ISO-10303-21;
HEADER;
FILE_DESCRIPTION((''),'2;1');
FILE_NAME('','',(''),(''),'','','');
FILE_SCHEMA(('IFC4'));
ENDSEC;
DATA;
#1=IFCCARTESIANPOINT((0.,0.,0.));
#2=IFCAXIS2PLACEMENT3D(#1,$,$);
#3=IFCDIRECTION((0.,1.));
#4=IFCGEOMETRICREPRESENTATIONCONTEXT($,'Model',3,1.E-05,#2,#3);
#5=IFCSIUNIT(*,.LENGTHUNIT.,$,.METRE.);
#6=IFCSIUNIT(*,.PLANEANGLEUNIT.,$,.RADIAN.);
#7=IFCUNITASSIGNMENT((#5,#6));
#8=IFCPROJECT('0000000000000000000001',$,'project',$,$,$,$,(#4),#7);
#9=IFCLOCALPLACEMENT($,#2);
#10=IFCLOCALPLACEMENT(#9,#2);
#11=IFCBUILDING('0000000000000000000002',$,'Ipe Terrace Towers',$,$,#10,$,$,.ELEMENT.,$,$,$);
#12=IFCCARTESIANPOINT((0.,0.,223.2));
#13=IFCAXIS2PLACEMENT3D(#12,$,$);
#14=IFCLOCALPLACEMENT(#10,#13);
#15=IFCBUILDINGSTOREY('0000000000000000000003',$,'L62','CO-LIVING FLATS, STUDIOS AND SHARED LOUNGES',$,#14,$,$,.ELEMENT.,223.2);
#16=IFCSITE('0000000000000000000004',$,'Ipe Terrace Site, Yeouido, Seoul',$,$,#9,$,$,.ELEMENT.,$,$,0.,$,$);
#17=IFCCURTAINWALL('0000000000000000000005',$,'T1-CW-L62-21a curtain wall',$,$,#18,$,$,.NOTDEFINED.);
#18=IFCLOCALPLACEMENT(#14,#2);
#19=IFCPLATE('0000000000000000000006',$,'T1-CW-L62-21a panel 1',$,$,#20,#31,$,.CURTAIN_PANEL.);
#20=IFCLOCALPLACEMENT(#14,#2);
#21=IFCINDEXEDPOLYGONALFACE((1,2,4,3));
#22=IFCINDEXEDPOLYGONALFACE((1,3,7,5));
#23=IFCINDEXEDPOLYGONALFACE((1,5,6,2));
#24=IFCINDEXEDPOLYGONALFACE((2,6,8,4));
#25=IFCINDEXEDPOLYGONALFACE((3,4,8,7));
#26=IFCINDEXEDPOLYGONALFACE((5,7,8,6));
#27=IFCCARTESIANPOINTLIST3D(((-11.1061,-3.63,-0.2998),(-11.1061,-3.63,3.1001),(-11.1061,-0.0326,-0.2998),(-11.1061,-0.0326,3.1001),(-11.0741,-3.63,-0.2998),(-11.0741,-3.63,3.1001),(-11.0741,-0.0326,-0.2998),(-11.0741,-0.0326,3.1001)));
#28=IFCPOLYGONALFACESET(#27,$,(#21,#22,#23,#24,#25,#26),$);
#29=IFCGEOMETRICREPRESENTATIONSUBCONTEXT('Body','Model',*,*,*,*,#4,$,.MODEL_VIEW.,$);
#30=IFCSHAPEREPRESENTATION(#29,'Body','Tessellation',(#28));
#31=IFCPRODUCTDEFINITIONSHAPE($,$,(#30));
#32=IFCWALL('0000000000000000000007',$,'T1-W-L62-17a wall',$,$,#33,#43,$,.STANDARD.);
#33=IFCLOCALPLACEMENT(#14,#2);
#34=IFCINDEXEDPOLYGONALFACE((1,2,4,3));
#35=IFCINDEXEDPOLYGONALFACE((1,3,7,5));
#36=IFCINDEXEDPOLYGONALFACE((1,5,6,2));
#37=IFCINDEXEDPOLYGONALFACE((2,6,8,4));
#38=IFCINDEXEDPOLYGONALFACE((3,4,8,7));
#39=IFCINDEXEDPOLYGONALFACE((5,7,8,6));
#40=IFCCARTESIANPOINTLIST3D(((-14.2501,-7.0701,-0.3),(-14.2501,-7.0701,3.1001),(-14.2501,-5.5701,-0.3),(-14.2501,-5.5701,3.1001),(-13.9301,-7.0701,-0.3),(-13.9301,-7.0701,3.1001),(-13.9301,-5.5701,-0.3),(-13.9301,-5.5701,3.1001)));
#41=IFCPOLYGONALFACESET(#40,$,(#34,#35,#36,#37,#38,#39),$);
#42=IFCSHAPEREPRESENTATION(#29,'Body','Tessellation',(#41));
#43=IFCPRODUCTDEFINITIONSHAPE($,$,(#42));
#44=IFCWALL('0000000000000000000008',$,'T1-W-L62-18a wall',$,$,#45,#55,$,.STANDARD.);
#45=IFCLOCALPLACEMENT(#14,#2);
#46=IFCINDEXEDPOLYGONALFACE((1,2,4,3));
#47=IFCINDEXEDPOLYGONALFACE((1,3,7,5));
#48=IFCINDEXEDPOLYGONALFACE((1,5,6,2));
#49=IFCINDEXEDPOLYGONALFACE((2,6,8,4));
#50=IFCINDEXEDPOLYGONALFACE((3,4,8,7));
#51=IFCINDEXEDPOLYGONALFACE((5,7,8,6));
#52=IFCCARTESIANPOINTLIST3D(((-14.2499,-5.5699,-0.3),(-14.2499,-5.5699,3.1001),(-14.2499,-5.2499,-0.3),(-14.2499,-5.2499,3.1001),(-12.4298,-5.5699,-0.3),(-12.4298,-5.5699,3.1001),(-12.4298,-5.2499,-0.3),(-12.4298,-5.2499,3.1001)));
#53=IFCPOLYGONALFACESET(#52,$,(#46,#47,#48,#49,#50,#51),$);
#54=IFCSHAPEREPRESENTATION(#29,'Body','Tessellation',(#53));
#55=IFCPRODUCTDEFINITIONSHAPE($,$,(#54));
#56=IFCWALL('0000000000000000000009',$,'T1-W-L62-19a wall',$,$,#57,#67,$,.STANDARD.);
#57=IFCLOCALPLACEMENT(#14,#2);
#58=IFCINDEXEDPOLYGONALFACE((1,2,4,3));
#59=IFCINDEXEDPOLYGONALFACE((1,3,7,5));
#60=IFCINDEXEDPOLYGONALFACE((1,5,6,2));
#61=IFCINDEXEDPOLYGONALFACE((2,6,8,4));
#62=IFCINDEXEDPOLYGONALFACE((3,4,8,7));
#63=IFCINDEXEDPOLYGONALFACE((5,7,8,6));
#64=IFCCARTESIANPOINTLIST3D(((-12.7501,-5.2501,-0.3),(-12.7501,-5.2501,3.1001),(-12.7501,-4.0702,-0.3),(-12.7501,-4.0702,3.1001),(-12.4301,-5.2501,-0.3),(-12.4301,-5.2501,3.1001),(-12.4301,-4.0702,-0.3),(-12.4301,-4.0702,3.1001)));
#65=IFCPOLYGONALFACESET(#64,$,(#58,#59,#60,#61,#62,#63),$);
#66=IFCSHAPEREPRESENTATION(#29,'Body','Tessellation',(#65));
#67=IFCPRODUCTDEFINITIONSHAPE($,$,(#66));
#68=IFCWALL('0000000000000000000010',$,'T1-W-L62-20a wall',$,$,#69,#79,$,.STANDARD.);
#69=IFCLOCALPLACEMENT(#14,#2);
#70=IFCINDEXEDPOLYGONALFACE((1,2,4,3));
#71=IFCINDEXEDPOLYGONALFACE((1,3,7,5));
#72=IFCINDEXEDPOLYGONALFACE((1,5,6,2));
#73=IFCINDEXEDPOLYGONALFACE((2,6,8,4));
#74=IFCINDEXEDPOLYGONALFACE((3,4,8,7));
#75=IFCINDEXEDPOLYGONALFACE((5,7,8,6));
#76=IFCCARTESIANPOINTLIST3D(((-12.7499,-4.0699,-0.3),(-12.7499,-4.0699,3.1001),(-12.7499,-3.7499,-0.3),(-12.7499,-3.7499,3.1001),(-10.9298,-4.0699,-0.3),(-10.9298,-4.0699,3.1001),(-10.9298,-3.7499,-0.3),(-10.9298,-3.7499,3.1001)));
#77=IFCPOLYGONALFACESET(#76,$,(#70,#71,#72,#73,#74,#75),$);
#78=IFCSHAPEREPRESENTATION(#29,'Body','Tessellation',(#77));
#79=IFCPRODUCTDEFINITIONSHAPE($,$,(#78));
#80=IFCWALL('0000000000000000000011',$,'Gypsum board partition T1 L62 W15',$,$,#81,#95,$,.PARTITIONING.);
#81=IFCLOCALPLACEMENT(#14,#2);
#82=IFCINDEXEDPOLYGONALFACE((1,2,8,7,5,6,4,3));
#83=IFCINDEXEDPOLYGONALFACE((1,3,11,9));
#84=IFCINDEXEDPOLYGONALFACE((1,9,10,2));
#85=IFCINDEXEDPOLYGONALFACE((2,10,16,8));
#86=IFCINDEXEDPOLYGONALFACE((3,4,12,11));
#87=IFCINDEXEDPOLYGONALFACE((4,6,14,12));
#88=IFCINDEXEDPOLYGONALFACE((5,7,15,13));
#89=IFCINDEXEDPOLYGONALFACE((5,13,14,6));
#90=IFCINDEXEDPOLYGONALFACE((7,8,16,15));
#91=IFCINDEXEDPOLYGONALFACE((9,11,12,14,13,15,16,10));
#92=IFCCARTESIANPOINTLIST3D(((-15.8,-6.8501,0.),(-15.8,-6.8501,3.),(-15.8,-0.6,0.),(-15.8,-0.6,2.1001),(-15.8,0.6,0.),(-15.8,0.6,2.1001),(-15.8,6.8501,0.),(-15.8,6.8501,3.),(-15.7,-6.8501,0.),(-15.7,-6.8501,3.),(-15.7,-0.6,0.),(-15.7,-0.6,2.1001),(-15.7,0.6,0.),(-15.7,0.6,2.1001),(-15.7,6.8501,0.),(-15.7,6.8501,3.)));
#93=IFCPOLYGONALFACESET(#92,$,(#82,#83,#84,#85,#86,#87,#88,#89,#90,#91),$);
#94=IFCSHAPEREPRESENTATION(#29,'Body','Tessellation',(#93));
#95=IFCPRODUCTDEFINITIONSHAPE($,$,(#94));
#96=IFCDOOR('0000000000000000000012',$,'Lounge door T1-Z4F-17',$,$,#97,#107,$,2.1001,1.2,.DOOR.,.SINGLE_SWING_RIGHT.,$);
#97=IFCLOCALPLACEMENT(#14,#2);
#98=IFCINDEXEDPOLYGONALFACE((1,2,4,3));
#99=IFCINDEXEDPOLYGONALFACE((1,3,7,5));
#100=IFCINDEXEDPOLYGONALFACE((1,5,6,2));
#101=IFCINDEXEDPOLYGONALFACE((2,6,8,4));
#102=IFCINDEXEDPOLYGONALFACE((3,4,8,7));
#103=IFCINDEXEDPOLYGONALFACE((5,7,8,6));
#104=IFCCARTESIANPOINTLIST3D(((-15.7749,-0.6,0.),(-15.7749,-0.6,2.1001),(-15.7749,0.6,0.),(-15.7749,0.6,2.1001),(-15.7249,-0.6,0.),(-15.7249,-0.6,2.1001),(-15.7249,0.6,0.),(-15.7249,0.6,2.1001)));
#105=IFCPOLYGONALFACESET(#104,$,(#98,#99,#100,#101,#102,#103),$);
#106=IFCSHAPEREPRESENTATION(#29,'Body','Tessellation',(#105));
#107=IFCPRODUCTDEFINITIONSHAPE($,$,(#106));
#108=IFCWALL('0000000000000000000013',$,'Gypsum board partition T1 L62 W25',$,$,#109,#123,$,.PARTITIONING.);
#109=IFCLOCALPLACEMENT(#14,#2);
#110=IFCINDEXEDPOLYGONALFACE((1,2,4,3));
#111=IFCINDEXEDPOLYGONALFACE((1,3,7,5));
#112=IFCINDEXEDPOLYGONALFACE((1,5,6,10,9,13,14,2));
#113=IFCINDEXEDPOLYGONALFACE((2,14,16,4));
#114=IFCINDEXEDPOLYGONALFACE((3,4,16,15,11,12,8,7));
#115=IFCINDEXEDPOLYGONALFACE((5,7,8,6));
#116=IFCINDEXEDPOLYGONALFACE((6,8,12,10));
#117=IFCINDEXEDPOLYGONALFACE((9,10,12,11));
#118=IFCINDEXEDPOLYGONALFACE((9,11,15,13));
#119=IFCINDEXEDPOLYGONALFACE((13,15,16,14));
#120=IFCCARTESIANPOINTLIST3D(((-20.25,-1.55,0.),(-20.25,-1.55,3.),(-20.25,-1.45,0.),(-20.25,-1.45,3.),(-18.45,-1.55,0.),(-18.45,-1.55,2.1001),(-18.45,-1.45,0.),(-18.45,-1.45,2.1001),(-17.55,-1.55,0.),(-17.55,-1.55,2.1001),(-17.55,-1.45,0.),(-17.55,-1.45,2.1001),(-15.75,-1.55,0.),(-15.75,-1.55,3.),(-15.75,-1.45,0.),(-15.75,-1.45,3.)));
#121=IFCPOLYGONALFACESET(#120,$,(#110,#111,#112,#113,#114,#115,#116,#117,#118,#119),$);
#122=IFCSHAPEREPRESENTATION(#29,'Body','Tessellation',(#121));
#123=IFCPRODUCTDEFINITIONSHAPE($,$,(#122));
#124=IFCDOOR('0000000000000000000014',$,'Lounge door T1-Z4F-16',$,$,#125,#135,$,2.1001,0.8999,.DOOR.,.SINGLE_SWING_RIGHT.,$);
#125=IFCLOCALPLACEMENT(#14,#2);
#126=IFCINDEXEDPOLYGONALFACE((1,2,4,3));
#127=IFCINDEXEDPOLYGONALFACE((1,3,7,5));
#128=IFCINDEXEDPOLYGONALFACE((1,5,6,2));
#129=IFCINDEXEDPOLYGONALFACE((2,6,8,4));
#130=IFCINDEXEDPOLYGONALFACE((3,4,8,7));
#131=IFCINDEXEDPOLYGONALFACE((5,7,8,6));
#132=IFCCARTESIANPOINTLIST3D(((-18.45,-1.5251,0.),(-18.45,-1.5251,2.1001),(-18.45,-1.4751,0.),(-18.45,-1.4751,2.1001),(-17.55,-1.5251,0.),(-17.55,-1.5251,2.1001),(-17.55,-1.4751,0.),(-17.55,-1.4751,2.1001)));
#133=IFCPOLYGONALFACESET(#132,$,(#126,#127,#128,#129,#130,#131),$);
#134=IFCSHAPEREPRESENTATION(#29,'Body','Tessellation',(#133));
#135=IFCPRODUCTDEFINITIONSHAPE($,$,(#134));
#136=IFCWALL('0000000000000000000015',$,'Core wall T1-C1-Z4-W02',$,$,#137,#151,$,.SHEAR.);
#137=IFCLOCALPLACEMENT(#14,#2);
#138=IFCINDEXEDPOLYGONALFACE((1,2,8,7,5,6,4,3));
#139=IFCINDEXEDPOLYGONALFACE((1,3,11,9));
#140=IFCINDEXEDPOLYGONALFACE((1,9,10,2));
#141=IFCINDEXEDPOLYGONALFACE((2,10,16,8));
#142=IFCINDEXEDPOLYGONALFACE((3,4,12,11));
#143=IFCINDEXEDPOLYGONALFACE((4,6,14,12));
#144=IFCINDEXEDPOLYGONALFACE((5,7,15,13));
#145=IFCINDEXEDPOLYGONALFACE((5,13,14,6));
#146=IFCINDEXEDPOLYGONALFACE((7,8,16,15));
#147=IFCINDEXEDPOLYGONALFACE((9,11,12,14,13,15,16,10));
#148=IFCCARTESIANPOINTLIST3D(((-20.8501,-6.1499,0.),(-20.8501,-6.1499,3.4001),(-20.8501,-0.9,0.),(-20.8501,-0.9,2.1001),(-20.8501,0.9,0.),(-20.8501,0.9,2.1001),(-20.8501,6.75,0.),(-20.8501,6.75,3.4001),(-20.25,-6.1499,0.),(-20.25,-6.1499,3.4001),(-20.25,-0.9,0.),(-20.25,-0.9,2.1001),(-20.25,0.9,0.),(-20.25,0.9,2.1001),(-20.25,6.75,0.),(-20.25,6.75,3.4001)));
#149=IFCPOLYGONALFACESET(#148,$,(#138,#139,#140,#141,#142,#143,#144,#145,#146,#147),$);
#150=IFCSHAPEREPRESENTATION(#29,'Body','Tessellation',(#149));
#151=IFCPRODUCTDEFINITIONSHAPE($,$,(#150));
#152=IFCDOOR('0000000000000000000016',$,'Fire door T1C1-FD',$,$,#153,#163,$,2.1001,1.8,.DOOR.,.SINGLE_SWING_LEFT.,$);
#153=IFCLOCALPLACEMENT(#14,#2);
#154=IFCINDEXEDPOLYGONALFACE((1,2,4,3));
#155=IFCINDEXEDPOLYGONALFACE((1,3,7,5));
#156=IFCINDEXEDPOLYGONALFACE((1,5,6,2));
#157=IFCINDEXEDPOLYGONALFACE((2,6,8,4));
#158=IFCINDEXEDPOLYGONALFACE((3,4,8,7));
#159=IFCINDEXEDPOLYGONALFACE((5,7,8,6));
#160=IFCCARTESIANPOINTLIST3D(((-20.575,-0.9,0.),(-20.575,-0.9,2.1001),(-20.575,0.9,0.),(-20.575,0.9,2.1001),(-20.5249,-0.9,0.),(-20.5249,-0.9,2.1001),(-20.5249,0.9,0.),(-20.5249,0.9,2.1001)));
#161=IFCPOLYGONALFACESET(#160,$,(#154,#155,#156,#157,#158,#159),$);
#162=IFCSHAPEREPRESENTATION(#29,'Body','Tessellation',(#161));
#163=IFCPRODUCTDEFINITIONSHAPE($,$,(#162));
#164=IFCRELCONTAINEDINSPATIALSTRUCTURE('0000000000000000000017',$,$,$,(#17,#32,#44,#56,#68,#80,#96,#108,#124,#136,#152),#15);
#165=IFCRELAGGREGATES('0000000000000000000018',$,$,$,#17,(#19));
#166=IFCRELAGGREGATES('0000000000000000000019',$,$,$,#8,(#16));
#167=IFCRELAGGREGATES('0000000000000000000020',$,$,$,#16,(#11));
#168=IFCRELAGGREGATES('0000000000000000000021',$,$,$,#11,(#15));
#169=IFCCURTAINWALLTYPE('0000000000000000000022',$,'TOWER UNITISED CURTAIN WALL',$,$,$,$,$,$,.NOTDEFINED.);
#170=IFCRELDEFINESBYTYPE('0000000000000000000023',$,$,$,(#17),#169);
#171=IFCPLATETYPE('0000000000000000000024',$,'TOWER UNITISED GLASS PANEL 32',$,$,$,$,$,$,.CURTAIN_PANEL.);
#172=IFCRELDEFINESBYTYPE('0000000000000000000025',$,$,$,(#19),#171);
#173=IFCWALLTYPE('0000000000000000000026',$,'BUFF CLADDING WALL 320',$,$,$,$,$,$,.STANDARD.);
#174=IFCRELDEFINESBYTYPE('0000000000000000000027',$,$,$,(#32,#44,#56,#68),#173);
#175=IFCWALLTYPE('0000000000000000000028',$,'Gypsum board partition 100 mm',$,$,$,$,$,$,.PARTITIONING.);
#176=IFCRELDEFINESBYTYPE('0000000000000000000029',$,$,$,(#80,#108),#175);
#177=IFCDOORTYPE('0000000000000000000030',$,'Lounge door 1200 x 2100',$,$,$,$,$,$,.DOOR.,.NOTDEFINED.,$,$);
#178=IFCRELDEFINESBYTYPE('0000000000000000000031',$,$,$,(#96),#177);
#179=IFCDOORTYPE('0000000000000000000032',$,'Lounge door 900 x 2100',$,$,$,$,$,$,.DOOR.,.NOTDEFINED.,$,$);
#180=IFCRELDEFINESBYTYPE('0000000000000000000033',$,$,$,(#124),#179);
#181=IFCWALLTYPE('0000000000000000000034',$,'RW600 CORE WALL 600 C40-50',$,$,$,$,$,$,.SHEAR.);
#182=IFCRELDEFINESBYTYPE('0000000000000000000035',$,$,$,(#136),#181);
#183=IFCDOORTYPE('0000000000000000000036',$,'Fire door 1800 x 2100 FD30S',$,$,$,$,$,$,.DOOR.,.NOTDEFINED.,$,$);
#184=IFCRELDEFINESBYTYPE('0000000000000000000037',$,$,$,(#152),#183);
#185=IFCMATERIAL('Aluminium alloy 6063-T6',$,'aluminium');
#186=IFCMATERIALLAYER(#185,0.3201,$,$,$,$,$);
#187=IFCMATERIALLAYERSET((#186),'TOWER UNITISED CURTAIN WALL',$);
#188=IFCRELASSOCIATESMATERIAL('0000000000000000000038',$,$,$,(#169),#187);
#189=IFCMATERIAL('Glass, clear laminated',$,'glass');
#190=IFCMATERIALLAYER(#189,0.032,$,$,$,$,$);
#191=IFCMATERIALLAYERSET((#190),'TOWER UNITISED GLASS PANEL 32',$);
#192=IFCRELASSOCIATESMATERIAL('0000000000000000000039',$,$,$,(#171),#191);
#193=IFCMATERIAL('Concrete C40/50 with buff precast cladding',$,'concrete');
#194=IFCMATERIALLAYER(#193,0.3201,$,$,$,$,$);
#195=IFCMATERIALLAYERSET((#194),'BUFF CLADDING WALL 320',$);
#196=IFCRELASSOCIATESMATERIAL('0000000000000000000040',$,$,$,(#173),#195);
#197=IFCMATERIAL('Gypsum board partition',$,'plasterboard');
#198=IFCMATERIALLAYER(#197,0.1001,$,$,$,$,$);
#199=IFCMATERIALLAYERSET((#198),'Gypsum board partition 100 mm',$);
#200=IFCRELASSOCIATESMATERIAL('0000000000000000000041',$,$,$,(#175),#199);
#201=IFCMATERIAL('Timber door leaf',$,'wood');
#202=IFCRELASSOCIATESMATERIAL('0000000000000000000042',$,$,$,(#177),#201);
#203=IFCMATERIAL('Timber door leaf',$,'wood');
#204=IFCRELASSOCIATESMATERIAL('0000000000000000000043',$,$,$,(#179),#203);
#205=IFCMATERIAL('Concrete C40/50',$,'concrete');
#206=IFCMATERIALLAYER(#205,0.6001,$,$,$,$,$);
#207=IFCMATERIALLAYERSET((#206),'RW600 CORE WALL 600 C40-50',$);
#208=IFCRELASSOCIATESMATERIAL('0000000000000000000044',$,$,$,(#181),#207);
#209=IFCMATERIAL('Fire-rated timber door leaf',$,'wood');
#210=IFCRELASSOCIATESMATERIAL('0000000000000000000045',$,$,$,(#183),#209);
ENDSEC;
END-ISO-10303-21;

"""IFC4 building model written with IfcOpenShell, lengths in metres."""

from ifc_helpers import new_model, si_unit, direction, frame, frame_2d, origin, origin_2d, place, context, subcontext, project, spatial, rectangle, extrude, material, layer, layer_set, type_object, element, fill, aggregate, save


model = new_model("IFC4")

# Units and contexts
model_context = context("Model", 3, precision=1e-05, world=origin(), true_north=direction((0.0, 1.0)))
body_context = subcontext(model_context, "Body", "Model", "MODEL_VIEW")
ifc_project = project(units=[si_unit("LENGTHUNIT", "METRE"), si_unit("PLANEANGLEUNIT", "RADIAN")], contexts=[model_context])

# Site, building, storey
site_placement = place(None, origin())
site = spatial("IfcSite", under=ifc_project, at=site_placement, Name="Ipe Terrace Site, Yeouido, Seoul", CompositionType="ELEMENT", RefElevation=0.0)
building_placement = place(site_placement, origin())
building = spatial("IfcBuilding", under=site, at=building_placement, Name="Ipe Terrace Towers", CompositionType="ELEMENT")
storey_placement = place(building_placement, frame((0.0, 0.0, 223.2)))
storey = spatial("IfcBuildingStorey", under=building, at=storey_placement, Name="L62", Description="CO-LIVING FLATS, STUDIOS AND SHARED LOUNGES", CompositionType="ELEMENT", Elevation=223.2)

# Curtain wall
ifc_material_1 = material(Name="Aluminium alloy 6063-T6", Category="aluminium")
ifc_layer_1 = layer(ifc_material_1, 0.3201)
ifc_layer_set_1 = layer_set([ifc_layer_1], Name="TOWER UNITISED CURTAIN WALL")
curtain_wall_type = type_object("IfcCurtainWallType", Name="TOWER UNITISED CURTAIN WALL", PredefinedType="NOTDEFINED", material=ifc_layer_set_1)
curtain_wall_1_placement = place(storey_placement, origin())
curtain_wall_1 = element("IfcCurtainWall", 1, at=curtain_wall_1_placement, inside=storey, type_object=curtain_wall_type, Name="T1-CW-L62-21a curtain wall", PredefinedType="NOTDEFINED")

# Plate
ifc_material_2 = material(Name="Glass, clear laminated", Category="glass")
ifc_layer_2 = layer(ifc_material_2, 0.032)
ifc_layer_set_2 = layer_set([ifc_layer_2], Name="TOWER UNITISED GLASS PANEL 32")
plate_type = type_object("IfcPlateType", Name="TOWER UNITISED GLASS PANEL 32", PredefinedType="CURTAIN_PANEL", material=ifc_layer_set_2)
plate_1_placement = place(storey_placement, frame((-11.0901, -1.8313, -0.2998), z_axis=(0.0, 0.0, 1.0), x_axis=(0.0, 1.0, 0.0)))
plate_1 = element("IfcPlate", 2, at=plate_1_placement, type_object=plate_type, Name="T1-CW-L62-21a panel 1", PredefinedType="CURTAIN_PANEL", context=body_context, shape_type="SweptSolid", body=[
    extrude(rectangle(XDim=3.5974, YDim=0.032, at=origin_2d()), origin(), (0.0, 0.0, 1.0), 3.3999),
])
aggregate(curtain_wall_1, [plate_1])

# Walls
ifc_material_3 = material(Name="Concrete C40/50 with buff precast cladding", Category="concrete")
ifc_layer_3 = layer(ifc_material_3, 0.3201)
ifc_layer_set_3 = layer_set([ifc_layer_3], Name="BUFF CLADDING WALL 320")
wall_type_1 = type_object("IfcWallType", Name="BUFF CLADDING WALL 320", PredefinedType="STANDARD", material=ifc_layer_set_3)
wall_1_placement = place(storey_placement, frame((-14.0901, -7.0701, -0.3), z_axis=(0.0, 0.0, 1.0), x_axis=(0.0, 1.0, 0.0)))
element("IfcWall", 3, at=wall_1_placement, inside=storey, type_object=wall_type_1, Name="T1-W-L62-17a wall", PredefinedType="STANDARD", context=body_context, shape_type="SweptSolid", body=[
    extrude(rectangle(XDim=1.5, YDim=0.3201, at=frame_2d((0.75, 0.0))), origin(), (0.0, 0.0, 1.0), 3.4001),
])
wall_2_placement = place(storey_placement, frame((-14.25, -5.4099, -0.3), z_axis=(0.0, 0.0, 1.0), x_axis=(1.0, 0.0, 0.0)))
element("IfcWall", 4, at=wall_2_placement, inside=storey, type_object=wall_type_1, Name="T1-W-L62-18a wall", PredefinedType="STANDARD", context=body_context, shape_type="SweptSolid", body=[
    extrude(rectangle(XDim=1.8201, YDim=0.3201, at=frame_2d((0.9102, 0.0))), origin(), (0.0, 0.0, 1.0), 3.4001),
])
wall_3_placement = place(storey_placement, frame((-12.5901, -5.25, -0.3), z_axis=(0.0, 0.0, 1.0), x_axis=(0.0, 1.0, 0.0)))
element("IfcWall", 5, at=wall_3_placement, inside=storey, type_object=wall_type_1, Name="T1-W-L62-19a wall", PredefinedType="STANDARD", context=body_context, shape_type="SweptSolid", body=[
    extrude(rectangle(XDim=1.1799, YDim=0.3201, at=frame_2d((0.5898, 0.0))), origin(), (0.0, 0.0, 1.0), 3.4001),
])
wall_4_placement = place(storey_placement, frame((-12.75, -3.9099, -0.3), z_axis=(0.0, 0.0, 1.0), x_axis=(1.0, 0.0, 0.0)))
element("IfcWall", 6, at=wall_4_placement, inside=storey, type_object=wall_type_1, Name="T1-W-L62-20a wall", PredefinedType="STANDARD", context=body_context, shape_type="SweptSolid", body=[
    extrude(rectangle(XDim=1.8201, YDim=0.3201, at=frame_2d((0.9102, 0.0))), origin(), (0.0, 0.0, 1.0), 3.4001),
])

# Walls, openings, doors
ifc_material_4 = material(Name="Gypsum board partition", Category="plasterboard")
ifc_layer_4 = layer(ifc_material_4, 0.1001)
ifc_layer_set_4 = layer_set([ifc_layer_4], Name="Gypsum board partition 100 mm")
wall_type_2 = type_object("IfcWallType", Name="Gypsum board partition 100 mm", PredefinedType="PARTITIONING", material=ifc_layer_set_4)
wall_5_placement = place(storey_placement, frame((-15.75, -6.8501, 0.0), z_axis=(0.0, 0.0, 1.0), x_axis=(0.0, 1.0, 0.0)))
wall_5 = element("IfcWall", 7, at=wall_5_placement, inside=storey, type_object=wall_type_2, Name="Gypsum board partition T1 L62 W15", PredefinedType="PARTITIONING", context=body_context, shape_type="SweptSolid", body=[
    extrude(rectangle(XDim=13.7002, YDim=0.1001, at=frame_2d((6.8501, 0.0))), origin(), (0.0, 0.0, 1.0), 3.0),
])
opening_1_placement = place(wall_5_placement, frame((6.25, 0.0, 0.0)))
opening_1 = element("IfcOpeningElement", 8, at=opening_1_placement, cuts=wall_5, PredefinedType="OPENING", context=body_context, shape_type="SweptSolid", body=[
    extrude(rectangle(XDim=1.2, YDim=2.1001, at=frame_2d((0.6001, 1.05))), frame((0.0, 0.0601, 0.0), z_axis=(0.0, -1.0, 0.0), x_axis=(1.0, 0.0, 0.0)), (0.0, 0.0, 1.0), 0.1201),
])
ifc_material_5 = material(Name="Timber door leaf", Category="wood")
door_type_1 = type_object("IfcDoorType", Name="Lounge door 1200 x 2100", OperationType="NOTDEFINED", PredefinedType="DOOR", material=ifc_material_5)
door_1_placement = place(opening_1_placement, origin())
door_1 = element("IfcDoor", 9, at=door_1_placement, inside=storey, type_object=door_type_1, Name="Lounge door T1-Z4F-17", OperationType="SINGLE_SWING_RIGHT", OverallHeight=2.1001, OverallWidth=1.2, PredefinedType="DOOR", context=body_context, shape_type="SweptSolid", body=[
    extrude(rectangle(XDim=1.2, YDim=2.1001, at=frame_2d((0.6001, 1.05))), frame((0.0, 0.0249, 0.0), z_axis=(0.0, -1.0, 0.0), x_axis=(1.0, 0.0, 0.0)), (0.0, 0.0, 1.0), 0.05),
])
fill(opening_1, door_1)
wall_6_placement = place(storey_placement, frame((-20.25, -1.5, 0.0), z_axis=(0.0, 0.0, 1.0), x_axis=(1.0, 0.0, 0.0)))
wall_6 = element("IfcWall", 10, at=wall_6_placement, inside=storey, type_object=wall_type_2, Name="Gypsum board partition T1 L62 W25", PredefinedType="PARTITIONING", context=body_context, shape_type="SweptSolid", body=[
    extrude(rectangle(XDim=4.5, YDim=0.1001, at=frame_2d((2.25, 0.0))), origin(), (0.0, 0.0, 1.0), 3.0),
])
opening_2_placement = place(wall_6_placement, frame((1.8, 0.0, 0.0)))
opening_2 = element("IfcOpeningElement", 11, at=opening_2_placement, cuts=wall_6, PredefinedType="OPENING", context=body_context, shape_type="SweptSolid", body=[
    extrude(rectangle(XDim=0.8999, YDim=2.1001, at=frame_2d((0.45, 1.05))), frame((0.0, 0.0601, 0.0), z_axis=(0.0, -1.0, 0.0), x_axis=(1.0, 0.0, 0.0)), (0.0, 0.0, 1.0), 0.1201),
])
ifc_material_6 = material(Name="Timber door leaf", Category="wood")
door_type_2 = type_object("IfcDoorType", Name="Lounge door 900 x 2100", OperationType="NOTDEFINED", PredefinedType="DOOR", material=ifc_material_6)
door_2_placement = place(opening_2_placement, origin())
door_2 = element("IfcDoor", 12, at=door_2_placement, inside=storey, type_object=door_type_2, Name="Lounge door T1-Z4F-16", OperationType="SINGLE_SWING_RIGHT", OverallHeight=2.1001, OverallWidth=0.8999, PredefinedType="DOOR", context=body_context, shape_type="SweptSolid", body=[
    extrude(rectangle(XDim=0.8999, YDim=2.1001, at=frame_2d((0.45, 1.05))), frame((0.0, 0.0249, 0.0), z_axis=(0.0, -1.0, 0.0), x_axis=(1.0, 0.0, 0.0)), (0.0, 0.0, 1.0), 0.05),
])
fill(opening_2, door_2)
ifc_material_7 = material(Name="Concrete C40/50", Category="concrete")
ifc_layer_5 = layer(ifc_material_7, 0.6001)
ifc_layer_set_5 = layer_set([ifc_layer_5], Name="RW600 CORE WALL 600 C40-50")
wall_type_3 = type_object("IfcWallType", Name="RW600 CORE WALL 600 C40-50", PredefinedType="SHEAR", material=ifc_layer_set_5)
wall_7_placement = place(storey_placement, frame((-20.55, -6.1499, 0.0), z_axis=(0.0, 0.0, 1.0), x_axis=(0.0, 1.0, 0.0)))
wall_7 = element("IfcWall", 13, at=wall_7_placement, inside=storey, type_object=wall_type_3, Name="Core wall T1-C1-Z4-W02", PredefinedType="SHEAR", context=body_context, shape_type="SweptSolid", body=[
    extrude(rectangle(XDim=12.8999, YDim=0.6001, at=frame_2d((6.45, 0.0))), origin(), (0.0, 0.0, 1.0), 3.4001),
])
opening_3_placement = place(wall_7_placement, frame((5.25, 0.0, 0.0)))
opening_3 = element("IfcOpeningElement", 14, at=opening_3_placement, cuts=wall_7, PredefinedType="OPENING", context=body_context, shape_type="SweptSolid", body=[
    extrude(rectangle(XDim=1.8, YDim=2.1001, at=frame_2d((0.8999, 1.05))), frame((0.0, 0.3101, 0.0), z_axis=(0.0, -1.0, 0.0), x_axis=(1.0, 0.0, 0.0)), (0.0, 0.0, 1.0), 0.6201),
])
ifc_material_8 = material(Name="Fire-rated timber door leaf", Category="wood")
door_type_3 = type_object("IfcDoorType", Name="Fire door 1800 x 2100 FD30S", OperationType="NOTDEFINED", PredefinedType="DOOR", material=ifc_material_8)
door_3_placement = place(opening_3_placement, origin())
door_3 = element("IfcDoor", 15, at=door_3_placement, inside=storey, type_object=door_type_3, Name="Fire door T1C1-FD", OperationType="SINGLE_SWING_LEFT", OverallHeight=2.1001, OverallWidth=1.8, PredefinedType="DOOR", context=body_context, shape_type="SweptSolid", body=[
    extrude(rectangle(XDim=1.8, YDim=2.1001, at=frame_2d((0.8999, 1.05))), frame((0.0, 0.0249, 0.0), z_axis=(0.0, -1.0, 0.0), x_axis=(1.0, 0.0, 0.0)), (0.0, 0.0, 1.0), 0.05),
])
fill(opening_3, door_3)

save(model, "model.ifc")
